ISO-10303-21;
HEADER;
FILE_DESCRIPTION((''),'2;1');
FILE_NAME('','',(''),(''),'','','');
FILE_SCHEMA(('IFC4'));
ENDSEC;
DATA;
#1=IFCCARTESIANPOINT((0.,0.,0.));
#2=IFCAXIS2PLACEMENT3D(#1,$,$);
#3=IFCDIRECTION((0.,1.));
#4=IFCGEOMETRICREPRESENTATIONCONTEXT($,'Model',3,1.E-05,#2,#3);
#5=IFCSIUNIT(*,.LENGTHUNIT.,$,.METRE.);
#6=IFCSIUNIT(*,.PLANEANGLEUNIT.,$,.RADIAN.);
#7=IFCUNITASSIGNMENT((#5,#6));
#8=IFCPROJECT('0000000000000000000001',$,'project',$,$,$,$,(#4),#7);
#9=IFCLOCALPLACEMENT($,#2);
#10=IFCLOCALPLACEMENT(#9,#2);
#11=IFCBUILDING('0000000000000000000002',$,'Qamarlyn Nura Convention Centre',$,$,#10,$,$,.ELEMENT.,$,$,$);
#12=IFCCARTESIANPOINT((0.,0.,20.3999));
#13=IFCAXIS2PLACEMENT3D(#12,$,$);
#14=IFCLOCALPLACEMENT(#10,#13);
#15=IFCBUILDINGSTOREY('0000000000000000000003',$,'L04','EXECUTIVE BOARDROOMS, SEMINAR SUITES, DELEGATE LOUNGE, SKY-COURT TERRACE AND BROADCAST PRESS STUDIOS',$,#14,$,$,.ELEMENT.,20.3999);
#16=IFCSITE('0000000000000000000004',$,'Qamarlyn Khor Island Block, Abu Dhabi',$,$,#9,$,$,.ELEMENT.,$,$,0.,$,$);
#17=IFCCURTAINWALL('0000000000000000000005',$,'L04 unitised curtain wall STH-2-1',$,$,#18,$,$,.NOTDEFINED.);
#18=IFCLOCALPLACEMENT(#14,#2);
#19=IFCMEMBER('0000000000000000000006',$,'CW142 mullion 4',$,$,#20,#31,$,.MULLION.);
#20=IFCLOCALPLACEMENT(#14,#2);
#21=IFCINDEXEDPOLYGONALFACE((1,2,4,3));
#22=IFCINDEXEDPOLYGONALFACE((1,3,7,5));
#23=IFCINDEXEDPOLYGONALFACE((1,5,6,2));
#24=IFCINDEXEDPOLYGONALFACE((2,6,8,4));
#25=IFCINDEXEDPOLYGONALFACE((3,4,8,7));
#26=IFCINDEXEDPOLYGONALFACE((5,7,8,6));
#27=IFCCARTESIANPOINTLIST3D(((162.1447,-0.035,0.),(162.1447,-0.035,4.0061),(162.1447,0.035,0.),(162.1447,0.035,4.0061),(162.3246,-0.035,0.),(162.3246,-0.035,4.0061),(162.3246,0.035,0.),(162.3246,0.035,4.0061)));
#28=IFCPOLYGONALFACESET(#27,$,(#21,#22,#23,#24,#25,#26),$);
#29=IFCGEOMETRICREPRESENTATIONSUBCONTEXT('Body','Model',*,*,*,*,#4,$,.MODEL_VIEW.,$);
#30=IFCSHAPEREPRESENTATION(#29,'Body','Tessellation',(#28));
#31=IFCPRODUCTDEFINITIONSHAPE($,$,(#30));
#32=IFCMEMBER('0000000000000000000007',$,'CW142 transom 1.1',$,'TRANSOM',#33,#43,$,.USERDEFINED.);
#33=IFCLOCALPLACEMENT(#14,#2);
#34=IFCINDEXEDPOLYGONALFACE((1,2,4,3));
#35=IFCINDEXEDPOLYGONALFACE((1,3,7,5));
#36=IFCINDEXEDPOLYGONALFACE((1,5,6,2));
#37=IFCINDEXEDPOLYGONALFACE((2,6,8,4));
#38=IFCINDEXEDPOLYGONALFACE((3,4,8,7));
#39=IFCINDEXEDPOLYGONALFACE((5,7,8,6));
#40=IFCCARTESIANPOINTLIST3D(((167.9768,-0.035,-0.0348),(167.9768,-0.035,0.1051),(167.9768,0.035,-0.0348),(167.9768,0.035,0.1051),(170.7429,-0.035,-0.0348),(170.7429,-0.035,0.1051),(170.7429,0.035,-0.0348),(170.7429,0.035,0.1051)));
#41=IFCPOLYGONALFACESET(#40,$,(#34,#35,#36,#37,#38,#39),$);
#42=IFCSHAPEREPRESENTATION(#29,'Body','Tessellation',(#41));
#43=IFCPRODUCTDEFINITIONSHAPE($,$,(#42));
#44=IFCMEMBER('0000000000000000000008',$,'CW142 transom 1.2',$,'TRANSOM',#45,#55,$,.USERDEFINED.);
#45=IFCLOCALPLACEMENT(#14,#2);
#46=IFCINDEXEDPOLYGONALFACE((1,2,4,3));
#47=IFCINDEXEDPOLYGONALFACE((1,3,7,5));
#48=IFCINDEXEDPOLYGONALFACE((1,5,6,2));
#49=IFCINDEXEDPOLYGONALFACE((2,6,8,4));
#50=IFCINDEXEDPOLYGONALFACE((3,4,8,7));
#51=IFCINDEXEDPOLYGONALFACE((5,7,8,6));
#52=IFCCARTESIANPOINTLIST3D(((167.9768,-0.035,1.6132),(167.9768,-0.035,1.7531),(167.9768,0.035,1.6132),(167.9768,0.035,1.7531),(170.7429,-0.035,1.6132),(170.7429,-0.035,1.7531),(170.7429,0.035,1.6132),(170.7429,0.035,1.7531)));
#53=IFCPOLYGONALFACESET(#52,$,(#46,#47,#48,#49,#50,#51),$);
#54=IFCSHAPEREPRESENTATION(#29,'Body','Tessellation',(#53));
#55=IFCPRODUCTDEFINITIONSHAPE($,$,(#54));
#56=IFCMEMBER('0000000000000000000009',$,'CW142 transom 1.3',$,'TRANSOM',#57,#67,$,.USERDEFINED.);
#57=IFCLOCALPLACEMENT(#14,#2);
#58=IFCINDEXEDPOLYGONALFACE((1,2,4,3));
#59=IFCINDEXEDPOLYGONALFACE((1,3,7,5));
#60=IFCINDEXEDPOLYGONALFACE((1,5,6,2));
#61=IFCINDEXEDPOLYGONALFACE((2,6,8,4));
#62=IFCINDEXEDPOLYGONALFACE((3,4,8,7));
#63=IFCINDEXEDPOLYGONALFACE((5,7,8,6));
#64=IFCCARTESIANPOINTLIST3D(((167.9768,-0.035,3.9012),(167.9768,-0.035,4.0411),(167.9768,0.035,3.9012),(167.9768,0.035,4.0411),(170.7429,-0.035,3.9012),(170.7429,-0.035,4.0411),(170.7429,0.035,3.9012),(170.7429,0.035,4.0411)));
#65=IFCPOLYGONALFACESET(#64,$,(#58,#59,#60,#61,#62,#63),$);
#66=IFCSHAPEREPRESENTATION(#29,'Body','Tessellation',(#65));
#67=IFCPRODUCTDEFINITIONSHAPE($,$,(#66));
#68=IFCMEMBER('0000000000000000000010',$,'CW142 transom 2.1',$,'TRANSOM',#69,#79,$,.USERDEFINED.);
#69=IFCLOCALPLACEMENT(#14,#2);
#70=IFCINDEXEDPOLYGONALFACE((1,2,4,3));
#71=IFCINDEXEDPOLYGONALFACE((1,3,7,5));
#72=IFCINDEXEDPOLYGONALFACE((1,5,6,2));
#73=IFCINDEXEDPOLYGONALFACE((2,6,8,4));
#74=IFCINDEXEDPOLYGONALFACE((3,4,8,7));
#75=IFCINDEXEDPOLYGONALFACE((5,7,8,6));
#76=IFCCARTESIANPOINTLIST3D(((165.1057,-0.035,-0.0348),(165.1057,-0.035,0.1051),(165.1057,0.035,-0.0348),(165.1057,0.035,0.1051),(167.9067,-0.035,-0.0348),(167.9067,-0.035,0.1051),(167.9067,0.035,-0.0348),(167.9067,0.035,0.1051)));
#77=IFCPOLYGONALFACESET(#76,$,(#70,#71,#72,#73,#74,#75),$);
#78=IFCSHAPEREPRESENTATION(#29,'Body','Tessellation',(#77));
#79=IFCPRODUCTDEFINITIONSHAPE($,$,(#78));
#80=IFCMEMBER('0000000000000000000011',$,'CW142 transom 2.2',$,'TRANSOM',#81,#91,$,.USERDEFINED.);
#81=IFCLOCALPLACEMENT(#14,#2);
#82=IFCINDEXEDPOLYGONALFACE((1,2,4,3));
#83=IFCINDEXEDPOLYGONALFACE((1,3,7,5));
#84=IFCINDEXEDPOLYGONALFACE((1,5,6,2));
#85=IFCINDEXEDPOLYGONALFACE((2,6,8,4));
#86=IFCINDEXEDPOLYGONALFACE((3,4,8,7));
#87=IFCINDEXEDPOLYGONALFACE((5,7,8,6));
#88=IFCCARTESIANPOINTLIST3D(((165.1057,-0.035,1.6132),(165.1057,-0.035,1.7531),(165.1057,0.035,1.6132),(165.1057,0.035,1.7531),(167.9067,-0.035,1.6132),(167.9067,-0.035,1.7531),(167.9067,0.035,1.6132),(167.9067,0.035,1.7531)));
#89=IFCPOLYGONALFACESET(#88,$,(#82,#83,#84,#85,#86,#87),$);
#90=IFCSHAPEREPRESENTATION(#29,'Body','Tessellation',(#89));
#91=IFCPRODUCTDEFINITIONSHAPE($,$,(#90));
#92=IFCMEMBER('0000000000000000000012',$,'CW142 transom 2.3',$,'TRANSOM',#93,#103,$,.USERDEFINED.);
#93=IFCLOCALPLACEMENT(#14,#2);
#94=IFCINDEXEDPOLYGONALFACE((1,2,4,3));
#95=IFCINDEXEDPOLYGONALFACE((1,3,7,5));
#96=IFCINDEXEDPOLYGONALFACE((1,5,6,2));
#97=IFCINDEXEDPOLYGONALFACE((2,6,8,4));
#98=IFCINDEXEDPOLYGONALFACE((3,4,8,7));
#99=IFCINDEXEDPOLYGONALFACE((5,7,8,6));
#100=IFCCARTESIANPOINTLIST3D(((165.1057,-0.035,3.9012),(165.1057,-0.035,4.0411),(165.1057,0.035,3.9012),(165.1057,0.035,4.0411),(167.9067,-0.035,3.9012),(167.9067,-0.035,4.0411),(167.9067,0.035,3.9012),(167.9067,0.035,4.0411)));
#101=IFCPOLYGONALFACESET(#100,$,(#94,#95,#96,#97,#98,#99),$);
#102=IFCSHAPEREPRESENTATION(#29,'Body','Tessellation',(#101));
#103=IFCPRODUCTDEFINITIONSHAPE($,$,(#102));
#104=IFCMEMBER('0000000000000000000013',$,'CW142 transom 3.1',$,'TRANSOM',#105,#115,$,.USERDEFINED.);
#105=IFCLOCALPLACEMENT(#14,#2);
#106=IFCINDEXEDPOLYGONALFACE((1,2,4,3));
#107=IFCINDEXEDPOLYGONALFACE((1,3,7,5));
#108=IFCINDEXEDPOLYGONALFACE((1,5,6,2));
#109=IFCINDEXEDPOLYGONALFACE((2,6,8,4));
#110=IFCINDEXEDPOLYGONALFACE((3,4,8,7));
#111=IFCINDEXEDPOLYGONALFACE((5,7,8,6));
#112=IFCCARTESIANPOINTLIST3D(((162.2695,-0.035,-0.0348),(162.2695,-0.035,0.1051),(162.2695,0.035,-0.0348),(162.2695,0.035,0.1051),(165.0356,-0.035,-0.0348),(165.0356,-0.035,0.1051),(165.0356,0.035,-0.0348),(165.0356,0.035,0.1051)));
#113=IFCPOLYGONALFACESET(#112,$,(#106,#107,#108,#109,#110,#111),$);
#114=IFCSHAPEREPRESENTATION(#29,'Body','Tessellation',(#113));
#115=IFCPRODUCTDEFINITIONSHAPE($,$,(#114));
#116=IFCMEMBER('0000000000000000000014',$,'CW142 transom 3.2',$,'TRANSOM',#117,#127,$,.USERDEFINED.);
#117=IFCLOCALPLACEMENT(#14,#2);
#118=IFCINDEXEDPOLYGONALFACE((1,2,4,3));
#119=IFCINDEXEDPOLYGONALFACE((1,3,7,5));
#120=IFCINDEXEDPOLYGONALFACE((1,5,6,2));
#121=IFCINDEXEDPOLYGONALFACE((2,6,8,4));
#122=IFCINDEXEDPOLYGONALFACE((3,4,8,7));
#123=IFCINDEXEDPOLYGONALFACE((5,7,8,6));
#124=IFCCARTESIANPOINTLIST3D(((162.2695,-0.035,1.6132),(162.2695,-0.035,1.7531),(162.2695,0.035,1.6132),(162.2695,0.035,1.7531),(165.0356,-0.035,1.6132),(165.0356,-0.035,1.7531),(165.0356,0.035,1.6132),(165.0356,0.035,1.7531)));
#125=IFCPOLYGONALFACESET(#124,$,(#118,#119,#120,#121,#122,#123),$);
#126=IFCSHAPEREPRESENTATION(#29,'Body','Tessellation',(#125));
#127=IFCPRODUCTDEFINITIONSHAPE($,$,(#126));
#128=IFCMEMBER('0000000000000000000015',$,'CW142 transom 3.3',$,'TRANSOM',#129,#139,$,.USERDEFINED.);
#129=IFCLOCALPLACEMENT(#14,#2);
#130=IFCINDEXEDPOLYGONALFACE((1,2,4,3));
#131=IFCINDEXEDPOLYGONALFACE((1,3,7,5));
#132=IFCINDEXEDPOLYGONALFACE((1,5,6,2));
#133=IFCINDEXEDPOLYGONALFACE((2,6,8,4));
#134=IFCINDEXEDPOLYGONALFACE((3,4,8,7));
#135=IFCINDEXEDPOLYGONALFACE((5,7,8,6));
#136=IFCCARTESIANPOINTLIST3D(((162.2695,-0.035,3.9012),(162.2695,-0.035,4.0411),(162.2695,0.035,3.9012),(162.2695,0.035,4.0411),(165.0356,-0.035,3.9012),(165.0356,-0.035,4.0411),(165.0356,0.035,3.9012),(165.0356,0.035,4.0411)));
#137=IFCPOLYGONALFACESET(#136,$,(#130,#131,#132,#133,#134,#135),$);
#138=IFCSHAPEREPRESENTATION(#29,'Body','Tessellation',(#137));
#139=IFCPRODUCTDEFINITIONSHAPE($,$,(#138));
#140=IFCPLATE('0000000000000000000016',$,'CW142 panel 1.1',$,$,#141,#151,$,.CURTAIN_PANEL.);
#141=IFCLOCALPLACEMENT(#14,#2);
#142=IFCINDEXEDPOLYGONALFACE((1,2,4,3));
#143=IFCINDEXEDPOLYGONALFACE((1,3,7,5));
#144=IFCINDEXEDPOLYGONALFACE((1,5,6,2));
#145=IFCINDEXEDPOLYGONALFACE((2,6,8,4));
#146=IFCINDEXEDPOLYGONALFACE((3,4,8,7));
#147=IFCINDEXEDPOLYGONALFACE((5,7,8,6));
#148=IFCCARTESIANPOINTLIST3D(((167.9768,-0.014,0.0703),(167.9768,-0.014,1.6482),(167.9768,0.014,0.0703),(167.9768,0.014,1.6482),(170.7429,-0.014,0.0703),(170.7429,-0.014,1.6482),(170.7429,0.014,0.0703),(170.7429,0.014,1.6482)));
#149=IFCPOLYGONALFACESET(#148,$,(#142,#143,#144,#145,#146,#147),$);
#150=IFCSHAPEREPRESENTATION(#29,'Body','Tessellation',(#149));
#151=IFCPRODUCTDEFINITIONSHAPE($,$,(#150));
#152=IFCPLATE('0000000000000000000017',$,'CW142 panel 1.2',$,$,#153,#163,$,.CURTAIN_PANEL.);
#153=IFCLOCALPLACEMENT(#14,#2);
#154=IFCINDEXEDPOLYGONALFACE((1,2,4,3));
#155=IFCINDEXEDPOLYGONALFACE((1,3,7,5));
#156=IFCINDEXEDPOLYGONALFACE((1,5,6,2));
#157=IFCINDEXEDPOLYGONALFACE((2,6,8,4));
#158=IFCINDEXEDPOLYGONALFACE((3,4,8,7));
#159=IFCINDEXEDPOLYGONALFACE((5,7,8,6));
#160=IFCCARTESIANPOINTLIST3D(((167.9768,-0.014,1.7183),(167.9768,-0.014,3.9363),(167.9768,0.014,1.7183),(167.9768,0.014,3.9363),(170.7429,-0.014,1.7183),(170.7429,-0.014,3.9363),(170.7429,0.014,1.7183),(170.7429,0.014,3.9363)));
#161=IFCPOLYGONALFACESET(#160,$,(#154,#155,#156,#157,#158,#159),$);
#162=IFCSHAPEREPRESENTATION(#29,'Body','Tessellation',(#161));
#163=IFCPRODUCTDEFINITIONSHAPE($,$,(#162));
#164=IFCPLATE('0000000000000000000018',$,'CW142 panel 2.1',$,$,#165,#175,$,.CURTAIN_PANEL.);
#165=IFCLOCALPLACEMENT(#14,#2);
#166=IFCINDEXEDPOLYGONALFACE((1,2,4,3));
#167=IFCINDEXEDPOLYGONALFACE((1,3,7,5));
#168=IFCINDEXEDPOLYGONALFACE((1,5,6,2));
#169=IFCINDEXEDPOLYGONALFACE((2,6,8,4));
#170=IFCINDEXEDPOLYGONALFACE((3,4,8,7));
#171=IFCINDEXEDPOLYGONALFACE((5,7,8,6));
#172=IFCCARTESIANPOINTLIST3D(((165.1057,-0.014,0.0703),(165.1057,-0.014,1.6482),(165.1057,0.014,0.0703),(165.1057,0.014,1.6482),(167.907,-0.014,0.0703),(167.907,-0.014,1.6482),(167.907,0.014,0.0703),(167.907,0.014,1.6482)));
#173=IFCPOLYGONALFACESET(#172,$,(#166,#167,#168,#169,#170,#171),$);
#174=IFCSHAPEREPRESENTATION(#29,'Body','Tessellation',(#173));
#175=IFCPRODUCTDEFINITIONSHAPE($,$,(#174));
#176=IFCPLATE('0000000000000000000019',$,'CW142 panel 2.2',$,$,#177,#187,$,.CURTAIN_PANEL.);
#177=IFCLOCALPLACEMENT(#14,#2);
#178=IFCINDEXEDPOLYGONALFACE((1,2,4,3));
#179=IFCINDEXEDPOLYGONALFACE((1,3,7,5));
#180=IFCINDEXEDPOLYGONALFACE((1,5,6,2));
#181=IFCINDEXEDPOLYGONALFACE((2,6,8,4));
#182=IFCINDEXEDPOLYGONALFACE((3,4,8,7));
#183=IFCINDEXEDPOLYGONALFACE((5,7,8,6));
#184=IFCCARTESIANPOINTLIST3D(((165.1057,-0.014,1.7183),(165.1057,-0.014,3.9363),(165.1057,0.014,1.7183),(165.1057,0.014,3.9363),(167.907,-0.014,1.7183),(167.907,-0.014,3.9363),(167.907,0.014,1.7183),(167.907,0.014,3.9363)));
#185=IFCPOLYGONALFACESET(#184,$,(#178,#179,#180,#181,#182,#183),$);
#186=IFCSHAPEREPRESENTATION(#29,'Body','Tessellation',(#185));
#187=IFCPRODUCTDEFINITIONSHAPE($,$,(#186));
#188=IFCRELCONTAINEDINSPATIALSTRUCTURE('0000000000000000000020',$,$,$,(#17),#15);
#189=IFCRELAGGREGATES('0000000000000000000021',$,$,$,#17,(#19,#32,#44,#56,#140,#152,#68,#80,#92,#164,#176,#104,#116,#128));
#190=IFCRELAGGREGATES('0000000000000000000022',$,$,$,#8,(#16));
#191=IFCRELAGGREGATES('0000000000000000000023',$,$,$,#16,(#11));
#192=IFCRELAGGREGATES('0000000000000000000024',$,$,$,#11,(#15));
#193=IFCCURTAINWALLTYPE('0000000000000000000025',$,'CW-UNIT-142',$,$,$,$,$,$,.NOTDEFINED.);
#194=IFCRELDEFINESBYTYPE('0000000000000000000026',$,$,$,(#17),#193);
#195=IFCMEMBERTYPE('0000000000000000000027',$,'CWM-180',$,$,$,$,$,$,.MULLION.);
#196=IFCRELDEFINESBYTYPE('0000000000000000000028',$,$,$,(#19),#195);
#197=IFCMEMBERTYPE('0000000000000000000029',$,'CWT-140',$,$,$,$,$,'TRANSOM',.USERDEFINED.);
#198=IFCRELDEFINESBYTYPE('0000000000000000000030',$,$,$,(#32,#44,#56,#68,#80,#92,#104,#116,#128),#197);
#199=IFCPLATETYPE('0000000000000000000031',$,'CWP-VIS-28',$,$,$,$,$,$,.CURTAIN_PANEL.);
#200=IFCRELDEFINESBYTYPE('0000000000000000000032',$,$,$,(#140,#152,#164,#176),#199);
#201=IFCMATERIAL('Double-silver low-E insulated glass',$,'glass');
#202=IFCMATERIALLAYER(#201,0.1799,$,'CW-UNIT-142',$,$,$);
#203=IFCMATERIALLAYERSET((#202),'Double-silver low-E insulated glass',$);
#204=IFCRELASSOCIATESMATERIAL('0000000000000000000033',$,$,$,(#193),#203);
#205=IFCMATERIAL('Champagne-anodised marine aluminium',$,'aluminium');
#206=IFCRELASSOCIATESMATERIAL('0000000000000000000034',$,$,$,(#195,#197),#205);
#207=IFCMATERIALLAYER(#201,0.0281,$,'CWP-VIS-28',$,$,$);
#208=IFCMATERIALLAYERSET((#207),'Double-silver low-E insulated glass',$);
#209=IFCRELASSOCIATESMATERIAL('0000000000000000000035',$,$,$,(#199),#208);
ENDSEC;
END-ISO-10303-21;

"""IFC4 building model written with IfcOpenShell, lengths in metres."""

from ifc_helpers import new_model, si_unit, direction, frame, origin, origin_2d, place, context, subcontext, project, spatial, rectangle, extrude, material, layer, layer_set, material_profile, profile_set, type_object, element, aggregate, save


model = new_model("IFC4")

# Units and contexts
model_context = context("Model", 3, precision=1e-05, world=origin(), true_north=direction((0.0, 1.0)))
body_context = subcontext(model_context, "Body", "Model", "MODEL_VIEW")
ifc_project = project(units=[si_unit("LENGTHUNIT", "METRE"), si_unit("PLANEANGLEUNIT", "RADIAN")], contexts=[model_context])

# Site, building, storey
site_placement = place(None, origin())
site = spatial("IfcSite", under=ifc_project, at=site_placement, Name="Qamarlyn Khor Island Block, Abu Dhabi", CompositionType="ELEMENT", RefElevation=0.0)
building_placement = place(site_placement, origin())
building = spatial("IfcBuilding", under=site, at=building_placement, Name="Qamarlyn Nura Convention Centre", CompositionType="ELEMENT")
storey_placement = place(building_placement, frame((0.0, 0.0, 20.3999)))
storey = spatial("IfcBuildingStorey", under=building, at=storey_placement, Name="L04", Description="EXECUTIVE BOARDROOMS, SEMINAR SUITES, DELEGATE LOUNGE, SKY-COURT TERRACE AND BROADCAST PRESS STUDIOS", CompositionType="ELEMENT", Elevation=20.3999)

# Curtain wall, members, plates
ifc_material_1 = material(Name="Double-silver low-E insulated glass", Category="glass")
ifc_layer_1 = layer(ifc_material_1, 0.1799, Name="CW-UNIT-142")
ifc_layer_set_1 = layer_set([ifc_layer_1], Name="Double-silver low-E insulated glass")
curtain_wall_type = type_object("IfcCurtainWallType", Name="CW-UNIT-142", PredefinedType="NOTDEFINED", material=ifc_layer_set_1)
curtain_wall_placement = place(storey_placement, origin())
curtain_wall = element("IfcCurtainWall", 1, at=curtain_wall_placement, inside=storey, type_object=curtain_wall_type, Name="L04 unitised curtain wall STH-2-1", PredefinedType="NOTDEFINED")
ifc_material_2 = material(Name="Champagne-anodised marine aluminium", Category="aluminium")
ifc_material_profile_1 = material_profile(ifc_material_2, rectangle(XDim=0.0701, YDim=0.1799, at=origin_2d()), Name="ALU MULLION 70x180")
ifc_profile_set_1 = profile_set([ifc_material_profile_1], Name="Champagne-anodised marine aluminium")
member_type_1 = type_object("IfcMemberType", Name="CWM-180", PredefinedType="MULLION", material=ifc_profile_set_1)
member_1_placement = place(storey_placement, frame((162.2346, 0.0, 0.0), z_axis=(0.0, 0.0, 1.0), x_axis=(0.0, -1.0, 0.0)))
member_1 = element("IfcMember", 2, at=member_1_placement, type_object=member_type_1, Name="CW142 mullion 4", PredefinedType="MULLION", context=body_context, shape_type="SweptSolid", body=[
    extrude(rectangle(XDim=0.0701, YDim=0.1799, at=origin_2d()), origin(), (0.0, 0.0, 1.0), 4.0061),
])
ifc_material_profile_2 = material_profile(ifc_material_2, rectangle(XDim=0.0701, YDim=0.1399, at=origin_2d()), Name="ALU TRANSOM 70x140")
ifc_profile_set_2 = profile_set([ifc_material_profile_2], Name="Champagne-anodised marine aluminium")
member_type_2 = type_object("IfcMemberType", Name="CWT-140", ElementType="TRANSOM", PredefinedType="USERDEFINED", material=ifc_profile_set_2)
member_2_placement = place(storey_placement, frame((170.7429, 0.0, 0.0352), z_axis=(-1.0, 0.0, 0.0), x_axis=(0.0, -1.0, 0.0)))
member_2 = element("IfcMember", 3, at=member_2_placement, type_object=member_type_2, Name="CW142 transom 1.1", ObjectType="TRANSOM", PredefinedType="USERDEFINED", context=body_context, shape_type="SweptSolid", body=[
    extrude(rectangle(XDim=0.0701, YDim=0.1399, at=origin_2d()), origin(), (0.0, 0.0, 1.0), 2.7661),
])
member_3_placement = place(storey_placement, frame((170.7429, 0.0, 1.6831), z_axis=(-1.0, 0.0, 0.0), x_axis=(0.0, -1.0, 0.0)))
member_3 = element("IfcMember", 4, at=member_3_placement, type_object=member_type_2, Name="CW142 transom 1.2", ObjectType="TRANSOM", PredefinedType="USERDEFINED", context=body_context, shape_type="SweptSolid", body=[
    extrude(rectangle(XDim=0.0701, YDim=0.1399, at=origin_2d()), origin(), (0.0, 0.0, 1.0), 2.7661),
])
member_4_placement = place(storey_placement, frame((170.7429, 0.0, 3.9712), z_axis=(-1.0, 0.0, 0.0), x_axis=(0.0, -1.0, 0.0)))
member_4 = element("IfcMember", 5, at=member_4_placement, type_object=member_type_2, Name="CW142 transom 1.3", ObjectType="TRANSOM", PredefinedType="USERDEFINED", context=body_context, shape_type="SweptSolid", body=[
    extrude(rectangle(XDim=0.0701, YDim=0.1399, at=origin_2d()), origin(), (0.0, 0.0, 1.0), 2.7661),
])
member_5_placement = place(storey_placement, frame((167.9067, 0.0, 0.0352), z_axis=(-1.0, 0.0, 0.0), x_axis=(0.0, -1.0, 0.0)))
member_5 = element("IfcMember", 6, at=member_5_placement, type_object=member_type_2, Name="CW142 transom 2.1", ObjectType="TRANSOM", PredefinedType="USERDEFINED", context=body_context, shape_type="SweptSolid", body=[
    extrude(rectangle(XDim=0.0701, YDim=0.1399, at=origin_2d()), origin(), (0.0, 0.0, 1.0), 2.801),
])
member_6_placement = place(storey_placement, frame((167.9067, 0.0, 1.6831), z_axis=(-1.0, 0.0, 0.0), x_axis=(0.0, -1.0, 0.0)))
member_6 = element("IfcMember", 7, at=member_6_placement, type_object=member_type_2, Name="CW142 transom 2.2", ObjectType="TRANSOM", PredefinedType="USERDEFINED", context=body_context, shape_type="SweptSolid", body=[
    extrude(rectangle(XDim=0.0701, YDim=0.1399, at=origin_2d()), origin(), (0.0, 0.0, 1.0), 2.801),
])
member_7_placement = place(storey_placement, frame((167.9067, 0.0, 3.9712), z_axis=(-1.0, 0.0, 0.0), x_axis=(0.0, -1.0, 0.0)))
member_7 = element("IfcMember", 8, at=member_7_placement, type_object=member_type_2, Name="CW142 transom 2.3", ObjectType="TRANSOM", PredefinedType="USERDEFINED", context=body_context, shape_type="SweptSolid", body=[
    extrude(rectangle(XDim=0.0701, YDim=0.1399, at=origin_2d()), origin(), (0.0, 0.0, 1.0), 2.801),
])
member_8_placement = place(storey_placement, frame((165.0356, 0.0, 0.0352), z_axis=(-1.0, 0.0, 0.0), x_axis=(0.0, -1.0, 0.0)))
member_8 = element("IfcMember", 9, at=member_8_placement, type_object=member_type_2, Name="CW142 transom 3.1", ObjectType="TRANSOM", PredefinedType="USERDEFINED", context=body_context, shape_type="SweptSolid", body=[
    extrude(rectangle(XDim=0.0701, YDim=0.1399, at=origin_2d()), origin(), (0.0, 0.0, 1.0), 2.7661),
])
member_9_placement = place(storey_placement, frame((165.0356, 0.0, 1.6831), z_axis=(-1.0, 0.0, 0.0), x_axis=(0.0, -1.0, 0.0)))
member_9 = element("IfcMember", 10, at=member_9_placement, type_object=member_type_2, Name="CW142 transom 3.2", ObjectType="TRANSOM", PredefinedType="USERDEFINED", context=body_context, shape_type="SweptSolid", body=[
    extrude(rectangle(XDim=0.0701, YDim=0.1399, at=origin_2d()), origin(), (0.0, 0.0, 1.0), 2.7661),
])
member_10_placement = place(storey_placement, frame((165.0356, 0.0, 3.9712), z_axis=(-1.0, 0.0, 0.0), x_axis=(0.0, -1.0, 0.0)))
member_10 = element("IfcMember", 11, at=member_10_placement, type_object=member_type_2, Name="CW142 transom 3.3", ObjectType="TRANSOM", PredefinedType="USERDEFINED", context=body_context, shape_type="SweptSolid", body=[
    extrude(rectangle(XDim=0.0701, YDim=0.1399, at=origin_2d()), origin(), (0.0, 0.0, 1.0), 2.7661),
])
ifc_layer_2 = layer(ifc_material_1, 0.0281, Name="CWP-VIS-28")
ifc_layer_set_2 = layer_set([ifc_layer_2], Name="Double-silver low-E insulated glass")
plate_type = type_object("IfcPlateType", Name="CWP-VIS-28", PredefinedType="CURTAIN_PANEL", material=ifc_layer_set_2)
plate_1_placement = place(storey_placement, frame((169.3599, 0.0, 0.0703), z_axis=(0.0, 0.0, 1.0), x_axis=(-1.0, 0.0, 0.0)))
plate_1 = element("IfcPlate", 12, at=plate_1_placement, type_object=plate_type, Name="CW142 panel 1.1", PredefinedType="CURTAIN_PANEL", context=body_context, shape_type="SweptSolid", body=[
    extrude(rectangle(XDim=2.7661, YDim=0.0281, at=origin_2d()), origin(), (0.0, 0.0, 1.0), 1.5779),
])
plate_2_placement = place(storey_placement, frame((169.3599, 0.0, 1.7183), z_axis=(0.0, 0.0, 1.0), x_axis=(-1.0, 0.0, 0.0)))
plate_2 = element("IfcPlate", 13, at=plate_2_placement, type_object=plate_type, Name="CW142 panel 1.2", PredefinedType="CURTAIN_PANEL", context=body_context, shape_type="SweptSolid", body=[
    extrude(rectangle(XDim=2.7661, YDim=0.0281, at=origin_2d()), origin(), (0.0, 0.0, 1.0), 2.218),
])
plate_3_placement = place(storey_placement, frame((166.5063, 0.0, 0.0703), z_axis=(0.0, 0.0, 1.0), x_axis=(-1.0, 0.0, 0.0)))
plate_3 = element("IfcPlate", 14, at=plate_3_placement, type_object=plate_type, Name="CW142 panel 2.1", PredefinedType="CURTAIN_PANEL", context=body_context, shape_type="SweptSolid", body=[
    extrude(rectangle(XDim=2.8013, YDim=0.0281, at=origin_2d()), origin(), (0.0, 0.0, 1.0), 1.5779),
])
plate_4_placement = place(storey_placement, frame((166.5063, 0.0, 1.7183), z_axis=(0.0, 0.0, 1.0), x_axis=(-1.0, 0.0, 0.0)))
plate_4 = element("IfcPlate", 15, at=plate_4_placement, type_object=plate_type, Name="CW142 panel 2.2", PredefinedType="CURTAIN_PANEL", context=body_context, shape_type="SweptSolid", body=[
    extrude(rectangle(XDim=2.8013, YDim=0.0281, at=origin_2d()), origin(), (0.0, 0.0, 1.0), 2.218),
])
aggregate(curtain_wall, [member_1, member_2, member_3, member_4, plate_1, plate_2, member_5, member_6, member_7, plate_3, plate_4, member_8, member_9, member_10])

save(model, "model.ifc")
